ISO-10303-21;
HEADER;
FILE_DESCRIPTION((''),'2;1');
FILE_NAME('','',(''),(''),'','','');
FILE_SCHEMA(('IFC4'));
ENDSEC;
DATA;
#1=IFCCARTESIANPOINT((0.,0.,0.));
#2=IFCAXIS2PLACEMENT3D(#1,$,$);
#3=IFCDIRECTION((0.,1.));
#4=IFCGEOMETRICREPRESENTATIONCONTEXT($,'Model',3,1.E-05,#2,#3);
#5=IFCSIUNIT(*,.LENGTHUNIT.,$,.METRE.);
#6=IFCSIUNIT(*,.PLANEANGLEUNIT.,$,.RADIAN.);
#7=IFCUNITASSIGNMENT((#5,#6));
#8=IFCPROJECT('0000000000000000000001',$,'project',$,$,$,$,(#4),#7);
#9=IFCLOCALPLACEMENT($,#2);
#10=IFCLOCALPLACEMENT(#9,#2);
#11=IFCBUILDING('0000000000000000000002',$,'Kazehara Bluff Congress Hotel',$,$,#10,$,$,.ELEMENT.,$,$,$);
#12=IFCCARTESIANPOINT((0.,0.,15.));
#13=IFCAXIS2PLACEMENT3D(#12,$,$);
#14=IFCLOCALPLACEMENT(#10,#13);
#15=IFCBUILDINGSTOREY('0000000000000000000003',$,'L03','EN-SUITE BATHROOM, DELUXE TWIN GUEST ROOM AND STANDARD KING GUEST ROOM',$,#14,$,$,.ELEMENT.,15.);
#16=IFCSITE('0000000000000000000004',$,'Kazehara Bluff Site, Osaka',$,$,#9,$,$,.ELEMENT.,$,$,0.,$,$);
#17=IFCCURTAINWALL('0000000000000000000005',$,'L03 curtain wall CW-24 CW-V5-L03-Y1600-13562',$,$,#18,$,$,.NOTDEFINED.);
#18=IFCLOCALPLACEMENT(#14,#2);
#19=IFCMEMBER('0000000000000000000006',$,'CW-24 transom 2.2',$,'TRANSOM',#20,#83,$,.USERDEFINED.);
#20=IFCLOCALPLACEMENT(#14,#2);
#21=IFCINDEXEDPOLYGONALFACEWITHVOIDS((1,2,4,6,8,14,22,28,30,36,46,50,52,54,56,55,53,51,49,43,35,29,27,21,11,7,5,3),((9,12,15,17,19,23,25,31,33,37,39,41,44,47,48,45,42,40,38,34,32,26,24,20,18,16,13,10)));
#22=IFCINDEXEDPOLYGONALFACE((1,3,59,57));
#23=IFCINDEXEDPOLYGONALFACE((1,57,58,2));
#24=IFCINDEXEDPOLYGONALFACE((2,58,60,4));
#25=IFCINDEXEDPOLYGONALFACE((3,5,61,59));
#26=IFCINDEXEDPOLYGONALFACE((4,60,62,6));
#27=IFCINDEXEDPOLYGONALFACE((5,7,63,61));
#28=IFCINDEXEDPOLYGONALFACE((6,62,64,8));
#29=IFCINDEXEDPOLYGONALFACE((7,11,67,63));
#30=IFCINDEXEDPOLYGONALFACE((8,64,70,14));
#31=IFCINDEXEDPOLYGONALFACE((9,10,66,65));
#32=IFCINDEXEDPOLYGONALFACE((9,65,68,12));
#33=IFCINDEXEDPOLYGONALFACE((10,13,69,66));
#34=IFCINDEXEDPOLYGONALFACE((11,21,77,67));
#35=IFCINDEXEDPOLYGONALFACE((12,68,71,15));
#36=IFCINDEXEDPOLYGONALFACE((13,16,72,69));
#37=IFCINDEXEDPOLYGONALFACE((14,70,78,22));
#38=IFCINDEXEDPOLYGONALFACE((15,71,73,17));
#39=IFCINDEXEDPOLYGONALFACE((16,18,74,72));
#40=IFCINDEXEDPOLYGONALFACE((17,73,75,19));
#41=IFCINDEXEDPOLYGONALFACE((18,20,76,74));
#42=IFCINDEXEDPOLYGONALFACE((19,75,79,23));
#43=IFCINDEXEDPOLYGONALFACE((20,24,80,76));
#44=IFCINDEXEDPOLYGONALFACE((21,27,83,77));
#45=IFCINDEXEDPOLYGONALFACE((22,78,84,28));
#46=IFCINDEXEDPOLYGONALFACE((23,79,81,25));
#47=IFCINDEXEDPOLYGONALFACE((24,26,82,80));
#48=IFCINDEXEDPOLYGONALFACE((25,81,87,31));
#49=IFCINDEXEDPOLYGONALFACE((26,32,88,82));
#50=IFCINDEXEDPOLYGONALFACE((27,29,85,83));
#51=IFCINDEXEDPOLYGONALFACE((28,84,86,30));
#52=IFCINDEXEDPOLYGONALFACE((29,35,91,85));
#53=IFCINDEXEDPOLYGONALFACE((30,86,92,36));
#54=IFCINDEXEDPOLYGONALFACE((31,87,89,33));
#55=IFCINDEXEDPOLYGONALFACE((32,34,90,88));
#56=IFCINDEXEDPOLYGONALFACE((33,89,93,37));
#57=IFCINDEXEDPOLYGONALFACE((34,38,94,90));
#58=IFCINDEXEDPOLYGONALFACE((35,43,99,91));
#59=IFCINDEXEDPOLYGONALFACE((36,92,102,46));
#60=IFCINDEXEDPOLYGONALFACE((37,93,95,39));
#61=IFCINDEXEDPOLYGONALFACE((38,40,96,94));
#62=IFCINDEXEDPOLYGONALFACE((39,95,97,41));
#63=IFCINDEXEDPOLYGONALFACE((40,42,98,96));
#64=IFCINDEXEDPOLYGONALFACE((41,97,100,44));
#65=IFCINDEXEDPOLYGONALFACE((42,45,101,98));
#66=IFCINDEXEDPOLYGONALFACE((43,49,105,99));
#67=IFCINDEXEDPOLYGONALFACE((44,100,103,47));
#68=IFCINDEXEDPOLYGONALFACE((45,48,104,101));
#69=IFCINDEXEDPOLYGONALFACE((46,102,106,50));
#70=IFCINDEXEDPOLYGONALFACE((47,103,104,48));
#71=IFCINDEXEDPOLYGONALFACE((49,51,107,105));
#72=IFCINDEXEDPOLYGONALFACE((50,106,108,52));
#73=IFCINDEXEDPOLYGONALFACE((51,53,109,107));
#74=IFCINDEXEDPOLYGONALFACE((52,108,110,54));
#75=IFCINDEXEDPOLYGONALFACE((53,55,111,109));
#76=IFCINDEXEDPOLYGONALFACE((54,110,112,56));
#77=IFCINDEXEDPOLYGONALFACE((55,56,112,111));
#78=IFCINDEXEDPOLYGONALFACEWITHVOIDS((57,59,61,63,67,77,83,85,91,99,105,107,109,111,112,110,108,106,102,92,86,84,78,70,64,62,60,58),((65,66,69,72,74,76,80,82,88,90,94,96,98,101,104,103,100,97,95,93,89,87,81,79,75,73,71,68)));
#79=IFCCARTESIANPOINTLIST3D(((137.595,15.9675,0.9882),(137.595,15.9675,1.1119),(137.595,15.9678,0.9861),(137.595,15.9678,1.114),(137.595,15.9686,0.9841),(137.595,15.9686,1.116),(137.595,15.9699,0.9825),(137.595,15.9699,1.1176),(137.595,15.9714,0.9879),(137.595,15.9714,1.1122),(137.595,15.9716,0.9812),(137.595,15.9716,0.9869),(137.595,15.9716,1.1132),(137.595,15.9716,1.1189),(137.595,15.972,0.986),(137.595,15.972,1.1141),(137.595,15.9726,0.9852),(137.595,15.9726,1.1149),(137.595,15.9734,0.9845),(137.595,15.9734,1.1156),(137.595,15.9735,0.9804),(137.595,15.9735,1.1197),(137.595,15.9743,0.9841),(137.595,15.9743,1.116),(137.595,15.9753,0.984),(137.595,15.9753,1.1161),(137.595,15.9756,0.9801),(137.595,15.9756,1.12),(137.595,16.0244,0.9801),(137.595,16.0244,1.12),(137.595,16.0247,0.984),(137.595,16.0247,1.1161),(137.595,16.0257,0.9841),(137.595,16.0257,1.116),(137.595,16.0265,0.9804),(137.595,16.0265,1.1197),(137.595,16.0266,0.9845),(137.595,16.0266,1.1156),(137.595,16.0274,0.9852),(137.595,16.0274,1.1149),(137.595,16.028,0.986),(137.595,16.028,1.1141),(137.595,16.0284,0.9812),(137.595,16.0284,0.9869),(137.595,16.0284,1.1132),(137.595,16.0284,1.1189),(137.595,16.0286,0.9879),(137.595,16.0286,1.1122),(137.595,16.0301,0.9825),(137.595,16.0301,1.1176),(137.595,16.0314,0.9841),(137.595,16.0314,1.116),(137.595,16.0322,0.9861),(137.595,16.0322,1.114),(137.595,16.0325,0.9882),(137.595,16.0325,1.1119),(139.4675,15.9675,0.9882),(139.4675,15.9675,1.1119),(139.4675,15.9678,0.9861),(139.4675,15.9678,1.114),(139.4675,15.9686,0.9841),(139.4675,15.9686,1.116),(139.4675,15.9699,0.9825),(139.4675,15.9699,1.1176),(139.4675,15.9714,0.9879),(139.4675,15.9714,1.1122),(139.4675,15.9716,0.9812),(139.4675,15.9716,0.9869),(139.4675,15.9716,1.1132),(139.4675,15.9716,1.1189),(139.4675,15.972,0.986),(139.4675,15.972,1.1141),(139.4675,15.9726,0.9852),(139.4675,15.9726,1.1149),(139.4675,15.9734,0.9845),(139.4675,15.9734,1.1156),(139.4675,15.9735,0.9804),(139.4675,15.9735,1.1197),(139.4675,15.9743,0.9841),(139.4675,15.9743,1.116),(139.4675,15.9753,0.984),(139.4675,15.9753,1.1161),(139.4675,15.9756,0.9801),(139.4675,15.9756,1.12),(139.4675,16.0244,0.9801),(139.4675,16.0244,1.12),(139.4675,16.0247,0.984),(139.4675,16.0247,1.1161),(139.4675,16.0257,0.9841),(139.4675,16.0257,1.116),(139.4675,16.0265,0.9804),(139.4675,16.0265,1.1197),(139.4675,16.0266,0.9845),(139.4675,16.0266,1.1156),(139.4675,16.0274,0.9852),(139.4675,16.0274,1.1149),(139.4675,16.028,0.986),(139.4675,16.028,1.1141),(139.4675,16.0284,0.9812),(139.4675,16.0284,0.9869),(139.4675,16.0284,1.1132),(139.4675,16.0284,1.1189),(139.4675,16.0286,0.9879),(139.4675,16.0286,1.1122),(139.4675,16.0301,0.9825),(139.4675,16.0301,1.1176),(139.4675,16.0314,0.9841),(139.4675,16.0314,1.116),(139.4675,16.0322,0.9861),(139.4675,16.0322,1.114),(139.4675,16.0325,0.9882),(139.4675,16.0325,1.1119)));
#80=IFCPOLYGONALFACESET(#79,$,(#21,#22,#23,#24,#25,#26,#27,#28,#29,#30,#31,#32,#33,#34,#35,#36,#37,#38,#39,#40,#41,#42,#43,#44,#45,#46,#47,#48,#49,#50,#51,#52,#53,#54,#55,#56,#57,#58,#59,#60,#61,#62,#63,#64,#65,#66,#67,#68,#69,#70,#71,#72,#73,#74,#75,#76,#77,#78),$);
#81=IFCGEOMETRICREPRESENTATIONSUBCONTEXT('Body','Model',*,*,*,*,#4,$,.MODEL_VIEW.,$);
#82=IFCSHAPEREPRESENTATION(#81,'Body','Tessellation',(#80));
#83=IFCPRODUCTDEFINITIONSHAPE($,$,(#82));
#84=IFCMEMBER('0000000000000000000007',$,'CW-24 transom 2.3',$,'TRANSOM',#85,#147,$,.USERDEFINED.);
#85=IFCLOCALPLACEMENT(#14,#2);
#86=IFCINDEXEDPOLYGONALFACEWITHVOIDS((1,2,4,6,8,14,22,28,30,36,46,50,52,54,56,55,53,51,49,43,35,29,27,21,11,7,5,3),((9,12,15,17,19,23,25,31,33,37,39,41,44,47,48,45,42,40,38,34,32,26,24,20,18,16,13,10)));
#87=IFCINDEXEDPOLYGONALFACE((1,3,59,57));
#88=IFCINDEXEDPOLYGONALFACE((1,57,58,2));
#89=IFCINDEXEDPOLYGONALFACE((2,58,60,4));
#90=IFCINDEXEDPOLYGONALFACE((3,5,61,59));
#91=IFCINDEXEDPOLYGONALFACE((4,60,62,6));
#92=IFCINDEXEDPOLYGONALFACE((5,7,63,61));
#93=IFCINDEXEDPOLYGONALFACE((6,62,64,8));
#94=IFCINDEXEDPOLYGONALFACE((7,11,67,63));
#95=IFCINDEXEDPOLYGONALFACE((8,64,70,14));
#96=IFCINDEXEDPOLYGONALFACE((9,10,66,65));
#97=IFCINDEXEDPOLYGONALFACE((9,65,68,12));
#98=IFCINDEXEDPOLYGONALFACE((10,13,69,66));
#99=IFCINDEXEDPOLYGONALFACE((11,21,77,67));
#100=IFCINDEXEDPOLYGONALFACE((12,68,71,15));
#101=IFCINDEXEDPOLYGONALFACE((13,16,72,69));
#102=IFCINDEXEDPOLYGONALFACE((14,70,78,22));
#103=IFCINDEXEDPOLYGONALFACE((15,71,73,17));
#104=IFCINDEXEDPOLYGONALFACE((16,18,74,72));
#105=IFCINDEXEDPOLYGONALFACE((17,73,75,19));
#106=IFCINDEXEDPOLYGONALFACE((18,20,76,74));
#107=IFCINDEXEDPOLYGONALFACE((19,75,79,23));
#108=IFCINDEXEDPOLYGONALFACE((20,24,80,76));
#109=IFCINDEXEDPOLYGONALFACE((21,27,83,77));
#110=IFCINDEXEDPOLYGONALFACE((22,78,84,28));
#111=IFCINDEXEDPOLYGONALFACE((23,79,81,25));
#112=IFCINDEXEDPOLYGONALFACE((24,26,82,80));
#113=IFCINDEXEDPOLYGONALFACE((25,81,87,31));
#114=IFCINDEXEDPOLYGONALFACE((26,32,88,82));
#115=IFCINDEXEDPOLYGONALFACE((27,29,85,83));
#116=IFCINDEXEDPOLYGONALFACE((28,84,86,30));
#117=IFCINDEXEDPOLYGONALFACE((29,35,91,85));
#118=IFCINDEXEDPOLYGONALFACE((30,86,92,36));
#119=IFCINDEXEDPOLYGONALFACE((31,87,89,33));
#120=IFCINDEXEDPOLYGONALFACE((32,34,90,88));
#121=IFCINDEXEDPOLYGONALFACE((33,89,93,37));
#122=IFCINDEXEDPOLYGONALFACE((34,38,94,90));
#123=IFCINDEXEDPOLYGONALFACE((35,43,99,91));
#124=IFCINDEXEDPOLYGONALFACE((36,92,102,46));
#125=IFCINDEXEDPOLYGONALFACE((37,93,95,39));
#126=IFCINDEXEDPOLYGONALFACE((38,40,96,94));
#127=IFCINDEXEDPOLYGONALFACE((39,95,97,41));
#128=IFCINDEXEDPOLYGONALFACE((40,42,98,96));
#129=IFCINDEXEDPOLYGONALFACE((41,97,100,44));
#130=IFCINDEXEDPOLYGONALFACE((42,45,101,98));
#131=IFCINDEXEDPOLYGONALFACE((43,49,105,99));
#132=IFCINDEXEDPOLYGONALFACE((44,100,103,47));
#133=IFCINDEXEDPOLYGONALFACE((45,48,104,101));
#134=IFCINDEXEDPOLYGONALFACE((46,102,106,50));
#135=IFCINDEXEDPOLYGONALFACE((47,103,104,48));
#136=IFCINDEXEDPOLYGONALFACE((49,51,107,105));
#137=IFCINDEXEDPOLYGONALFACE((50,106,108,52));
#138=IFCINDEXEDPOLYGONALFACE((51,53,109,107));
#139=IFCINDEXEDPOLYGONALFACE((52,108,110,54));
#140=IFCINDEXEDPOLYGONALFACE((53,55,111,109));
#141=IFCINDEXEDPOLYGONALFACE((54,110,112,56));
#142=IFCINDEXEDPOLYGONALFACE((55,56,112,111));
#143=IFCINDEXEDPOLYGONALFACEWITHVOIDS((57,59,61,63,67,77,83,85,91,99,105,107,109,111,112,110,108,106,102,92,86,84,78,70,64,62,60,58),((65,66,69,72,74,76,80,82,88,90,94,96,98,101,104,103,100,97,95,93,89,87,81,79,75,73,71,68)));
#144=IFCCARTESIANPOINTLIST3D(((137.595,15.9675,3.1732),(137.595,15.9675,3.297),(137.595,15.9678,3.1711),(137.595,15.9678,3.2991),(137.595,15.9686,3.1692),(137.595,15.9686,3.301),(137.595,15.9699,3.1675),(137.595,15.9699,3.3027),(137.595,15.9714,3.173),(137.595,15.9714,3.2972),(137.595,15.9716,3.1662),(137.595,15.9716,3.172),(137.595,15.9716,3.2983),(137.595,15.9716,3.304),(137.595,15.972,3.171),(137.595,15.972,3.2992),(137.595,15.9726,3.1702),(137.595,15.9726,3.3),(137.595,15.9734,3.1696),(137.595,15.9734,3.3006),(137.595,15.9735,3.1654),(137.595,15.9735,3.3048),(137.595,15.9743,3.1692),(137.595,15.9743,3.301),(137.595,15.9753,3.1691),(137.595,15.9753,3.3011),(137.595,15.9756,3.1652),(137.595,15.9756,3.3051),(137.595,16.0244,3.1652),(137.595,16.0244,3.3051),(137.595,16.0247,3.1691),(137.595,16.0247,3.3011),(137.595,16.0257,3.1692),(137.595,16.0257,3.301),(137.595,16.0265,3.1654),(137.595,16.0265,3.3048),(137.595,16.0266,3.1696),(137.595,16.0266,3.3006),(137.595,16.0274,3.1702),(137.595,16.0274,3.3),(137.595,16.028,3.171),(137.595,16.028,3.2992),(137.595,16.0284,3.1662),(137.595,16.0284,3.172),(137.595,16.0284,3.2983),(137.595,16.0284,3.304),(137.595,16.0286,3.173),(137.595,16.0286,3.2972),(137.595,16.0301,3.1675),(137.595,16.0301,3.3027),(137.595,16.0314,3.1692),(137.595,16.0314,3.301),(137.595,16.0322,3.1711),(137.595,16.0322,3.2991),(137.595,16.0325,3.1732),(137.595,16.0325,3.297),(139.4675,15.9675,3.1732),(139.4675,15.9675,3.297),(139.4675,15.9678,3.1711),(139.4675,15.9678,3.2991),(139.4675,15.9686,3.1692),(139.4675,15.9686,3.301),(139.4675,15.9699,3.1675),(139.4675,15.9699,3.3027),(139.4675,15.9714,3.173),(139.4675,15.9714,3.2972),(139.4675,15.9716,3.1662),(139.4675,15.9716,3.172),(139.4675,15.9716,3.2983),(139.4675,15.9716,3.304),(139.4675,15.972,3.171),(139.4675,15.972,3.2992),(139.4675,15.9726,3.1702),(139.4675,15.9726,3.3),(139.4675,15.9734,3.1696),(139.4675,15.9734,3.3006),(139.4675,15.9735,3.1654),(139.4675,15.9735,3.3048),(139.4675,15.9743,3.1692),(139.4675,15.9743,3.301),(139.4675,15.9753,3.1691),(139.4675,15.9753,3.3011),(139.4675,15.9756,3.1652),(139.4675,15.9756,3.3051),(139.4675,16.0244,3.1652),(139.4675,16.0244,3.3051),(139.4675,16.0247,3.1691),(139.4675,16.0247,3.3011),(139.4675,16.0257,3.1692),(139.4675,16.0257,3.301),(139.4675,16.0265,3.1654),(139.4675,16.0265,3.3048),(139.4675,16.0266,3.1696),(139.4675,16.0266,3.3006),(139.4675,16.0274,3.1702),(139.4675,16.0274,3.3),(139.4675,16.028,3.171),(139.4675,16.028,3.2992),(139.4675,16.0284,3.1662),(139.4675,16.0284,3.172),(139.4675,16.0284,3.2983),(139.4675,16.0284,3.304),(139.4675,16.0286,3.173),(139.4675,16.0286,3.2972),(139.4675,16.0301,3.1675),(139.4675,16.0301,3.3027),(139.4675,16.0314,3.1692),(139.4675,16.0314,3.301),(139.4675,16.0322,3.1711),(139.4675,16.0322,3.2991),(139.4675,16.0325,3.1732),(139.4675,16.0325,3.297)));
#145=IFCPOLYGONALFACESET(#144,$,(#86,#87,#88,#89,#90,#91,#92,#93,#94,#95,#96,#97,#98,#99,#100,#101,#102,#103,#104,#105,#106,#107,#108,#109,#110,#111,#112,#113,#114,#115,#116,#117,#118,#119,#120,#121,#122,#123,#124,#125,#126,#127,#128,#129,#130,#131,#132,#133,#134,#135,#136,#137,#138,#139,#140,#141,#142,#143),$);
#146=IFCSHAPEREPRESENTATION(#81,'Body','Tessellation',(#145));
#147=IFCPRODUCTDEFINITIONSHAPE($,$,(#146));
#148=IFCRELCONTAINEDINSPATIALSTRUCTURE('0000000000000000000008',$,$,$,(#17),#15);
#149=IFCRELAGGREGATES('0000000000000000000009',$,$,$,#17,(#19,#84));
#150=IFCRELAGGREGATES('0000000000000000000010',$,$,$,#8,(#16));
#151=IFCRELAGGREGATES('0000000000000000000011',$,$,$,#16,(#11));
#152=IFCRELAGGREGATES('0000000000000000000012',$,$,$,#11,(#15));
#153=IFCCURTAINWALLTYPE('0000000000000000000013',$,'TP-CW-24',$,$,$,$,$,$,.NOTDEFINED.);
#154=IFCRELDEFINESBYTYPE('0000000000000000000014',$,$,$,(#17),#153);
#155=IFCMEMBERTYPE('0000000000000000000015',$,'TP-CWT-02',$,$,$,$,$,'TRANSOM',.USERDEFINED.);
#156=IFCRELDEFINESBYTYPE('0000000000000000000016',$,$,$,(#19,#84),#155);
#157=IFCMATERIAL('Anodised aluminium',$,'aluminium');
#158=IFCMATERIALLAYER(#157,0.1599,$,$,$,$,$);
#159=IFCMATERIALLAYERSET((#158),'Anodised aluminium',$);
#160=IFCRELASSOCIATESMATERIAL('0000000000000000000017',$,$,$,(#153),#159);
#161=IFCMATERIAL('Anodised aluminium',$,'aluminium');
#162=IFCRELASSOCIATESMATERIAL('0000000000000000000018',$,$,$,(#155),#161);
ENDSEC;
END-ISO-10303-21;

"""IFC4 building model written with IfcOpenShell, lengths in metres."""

from ifc_helpers import new_model, si_unit, direction, frame, origin, origin_2d, place, context, subcontext, project, spatial, hollow_rectangle, extrude, material, layer, layer_set, material_profile, profile_set, type_object, element, aggregate, save


model = new_model("IFC4")

# Units and contexts
model_context = context("Model", 3, precision=1e-05, world=origin(), true_north=direction((0.0, 1.0)))
body_context = subcontext(model_context, "Body", "Model", "MODEL_VIEW")
ifc_project = project(units=[si_unit("LENGTHUNIT", "METRE"), si_unit("PLANEANGLEUNIT", "RADIAN")], contexts=[model_context])

# Site, building, storey
site_placement = place(None, origin())
site = spatial("IfcSite", under=ifc_project, at=site_placement, Name="Kazehara Bluff Site, Osaka", CompositionType="ELEMENT", RefElevation=0.0)
building_placement = place(site_placement, origin())
building = spatial("IfcBuilding", under=site, at=building_placement, Name="Kazehara Bluff Congress Hotel", CompositionType="ELEMENT")
storey_placement = place(building_placement, frame((0.0, 0.0, 15.0)))
storey = spatial("IfcBuildingStorey", under=building, at=storey_placement, Name="L03", Description="EN-SUITE BATHROOM, DELUXE TWIN GUEST ROOM AND STANDARD KING GUEST ROOM", CompositionType="ELEMENT", Elevation=15.0)

# Shared definitions
ifc_material_1 = material(Name="Anodised aluminium", Category="aluminium")
ifc_layer_1 = layer(ifc_material_1, 0.1599)
ifc_layer_set_1 = layer_set([ifc_layer_1], Name="Anodised aluminium")
curtain_wall_type = type_object("IfcCurtainWallType", Name="TP-CW-24", PredefinedType="NOTDEFINED", material=ifc_layer_set_1)

# Curtain wall
curtain_wall_1_placement = place(storey_placement, origin())
curtain_wall_1 = element("IfcCurtainWall", 1, at=curtain_wall_1_placement, inside=storey, type_object=curtain_wall_type, Name="L03 curtain wall CW-24 CW-V5-L03-Y1600-13562", PredefinedType="NOTDEFINED")

# Members
ifc_material_2 = material(Name="Anodised aluminium", Category="aluminium")
ifc_material_profile_1 = material_profile(ifc_material_2, hollow_rectangle(XDim=0.0649, YDim=0.1399, WallThickness=0.0039, InnerFilletRadius=0.0039, OuterFilletRadius=0.0081, at=origin_2d()))
ifc_profile_set_1 = profile_set([ifc_material_profile_1], Name="Anodised aluminium")
member_type_1 = type_object("IfcMemberType", Name="TP-CWT-02", ElementType="TRANSOM", PredefinedType="USERDEFINED", material=ifc_profile_set_1)
member_1_placement = place(storey_placement, frame((137.595, 16.0, 1.05), z_axis=(1.0, 0.0, 0.0), x_axis=(0.0, 1.0, 0.0)))
member_1 = element("IfcMember", 2, at=member_1_placement, type_object=member_type_1, Name="CW-24 transom 2.2", ObjectType="TRANSOM", PredefinedType="USERDEFINED", context=body_context, shape_type="SweptSolid", body=[
    extrude(hollow_rectangle(XDim=0.0649, YDim=0.1399, WallThickness=0.0039, InnerFilletRadius=0.0039, OuterFilletRadius=0.0081, at=origin_2d()), origin(), (0.0, 0.0, 1.0), 1.8726),
])
member_2_placement = place(storey_placement, frame((137.595, 16.0, 3.2351), z_axis=(1.0, 0.0, 0.0), x_axis=(0.0, 1.0, 0.0)))
member_2 = element("IfcMember", 3, at=member_2_placement, type_object=member_type_1, Name="CW-24 transom 2.3", ObjectType="TRANSOM", PredefinedType="USERDEFINED", context=body_context, shape_type="SweptSolid", body=[
    extrude(hollow_rectangle(XDim=0.0649, YDim=0.1399, WallThickness=0.0039, InnerFilletRadius=0.0039, OuterFilletRadius=0.0081, at=origin_2d()), origin(), (0.0, 0.0, 1.0), 1.8726),
])

aggregate(curtain_wall_1, [member_1, member_2])

save(model, "model.ifc")
